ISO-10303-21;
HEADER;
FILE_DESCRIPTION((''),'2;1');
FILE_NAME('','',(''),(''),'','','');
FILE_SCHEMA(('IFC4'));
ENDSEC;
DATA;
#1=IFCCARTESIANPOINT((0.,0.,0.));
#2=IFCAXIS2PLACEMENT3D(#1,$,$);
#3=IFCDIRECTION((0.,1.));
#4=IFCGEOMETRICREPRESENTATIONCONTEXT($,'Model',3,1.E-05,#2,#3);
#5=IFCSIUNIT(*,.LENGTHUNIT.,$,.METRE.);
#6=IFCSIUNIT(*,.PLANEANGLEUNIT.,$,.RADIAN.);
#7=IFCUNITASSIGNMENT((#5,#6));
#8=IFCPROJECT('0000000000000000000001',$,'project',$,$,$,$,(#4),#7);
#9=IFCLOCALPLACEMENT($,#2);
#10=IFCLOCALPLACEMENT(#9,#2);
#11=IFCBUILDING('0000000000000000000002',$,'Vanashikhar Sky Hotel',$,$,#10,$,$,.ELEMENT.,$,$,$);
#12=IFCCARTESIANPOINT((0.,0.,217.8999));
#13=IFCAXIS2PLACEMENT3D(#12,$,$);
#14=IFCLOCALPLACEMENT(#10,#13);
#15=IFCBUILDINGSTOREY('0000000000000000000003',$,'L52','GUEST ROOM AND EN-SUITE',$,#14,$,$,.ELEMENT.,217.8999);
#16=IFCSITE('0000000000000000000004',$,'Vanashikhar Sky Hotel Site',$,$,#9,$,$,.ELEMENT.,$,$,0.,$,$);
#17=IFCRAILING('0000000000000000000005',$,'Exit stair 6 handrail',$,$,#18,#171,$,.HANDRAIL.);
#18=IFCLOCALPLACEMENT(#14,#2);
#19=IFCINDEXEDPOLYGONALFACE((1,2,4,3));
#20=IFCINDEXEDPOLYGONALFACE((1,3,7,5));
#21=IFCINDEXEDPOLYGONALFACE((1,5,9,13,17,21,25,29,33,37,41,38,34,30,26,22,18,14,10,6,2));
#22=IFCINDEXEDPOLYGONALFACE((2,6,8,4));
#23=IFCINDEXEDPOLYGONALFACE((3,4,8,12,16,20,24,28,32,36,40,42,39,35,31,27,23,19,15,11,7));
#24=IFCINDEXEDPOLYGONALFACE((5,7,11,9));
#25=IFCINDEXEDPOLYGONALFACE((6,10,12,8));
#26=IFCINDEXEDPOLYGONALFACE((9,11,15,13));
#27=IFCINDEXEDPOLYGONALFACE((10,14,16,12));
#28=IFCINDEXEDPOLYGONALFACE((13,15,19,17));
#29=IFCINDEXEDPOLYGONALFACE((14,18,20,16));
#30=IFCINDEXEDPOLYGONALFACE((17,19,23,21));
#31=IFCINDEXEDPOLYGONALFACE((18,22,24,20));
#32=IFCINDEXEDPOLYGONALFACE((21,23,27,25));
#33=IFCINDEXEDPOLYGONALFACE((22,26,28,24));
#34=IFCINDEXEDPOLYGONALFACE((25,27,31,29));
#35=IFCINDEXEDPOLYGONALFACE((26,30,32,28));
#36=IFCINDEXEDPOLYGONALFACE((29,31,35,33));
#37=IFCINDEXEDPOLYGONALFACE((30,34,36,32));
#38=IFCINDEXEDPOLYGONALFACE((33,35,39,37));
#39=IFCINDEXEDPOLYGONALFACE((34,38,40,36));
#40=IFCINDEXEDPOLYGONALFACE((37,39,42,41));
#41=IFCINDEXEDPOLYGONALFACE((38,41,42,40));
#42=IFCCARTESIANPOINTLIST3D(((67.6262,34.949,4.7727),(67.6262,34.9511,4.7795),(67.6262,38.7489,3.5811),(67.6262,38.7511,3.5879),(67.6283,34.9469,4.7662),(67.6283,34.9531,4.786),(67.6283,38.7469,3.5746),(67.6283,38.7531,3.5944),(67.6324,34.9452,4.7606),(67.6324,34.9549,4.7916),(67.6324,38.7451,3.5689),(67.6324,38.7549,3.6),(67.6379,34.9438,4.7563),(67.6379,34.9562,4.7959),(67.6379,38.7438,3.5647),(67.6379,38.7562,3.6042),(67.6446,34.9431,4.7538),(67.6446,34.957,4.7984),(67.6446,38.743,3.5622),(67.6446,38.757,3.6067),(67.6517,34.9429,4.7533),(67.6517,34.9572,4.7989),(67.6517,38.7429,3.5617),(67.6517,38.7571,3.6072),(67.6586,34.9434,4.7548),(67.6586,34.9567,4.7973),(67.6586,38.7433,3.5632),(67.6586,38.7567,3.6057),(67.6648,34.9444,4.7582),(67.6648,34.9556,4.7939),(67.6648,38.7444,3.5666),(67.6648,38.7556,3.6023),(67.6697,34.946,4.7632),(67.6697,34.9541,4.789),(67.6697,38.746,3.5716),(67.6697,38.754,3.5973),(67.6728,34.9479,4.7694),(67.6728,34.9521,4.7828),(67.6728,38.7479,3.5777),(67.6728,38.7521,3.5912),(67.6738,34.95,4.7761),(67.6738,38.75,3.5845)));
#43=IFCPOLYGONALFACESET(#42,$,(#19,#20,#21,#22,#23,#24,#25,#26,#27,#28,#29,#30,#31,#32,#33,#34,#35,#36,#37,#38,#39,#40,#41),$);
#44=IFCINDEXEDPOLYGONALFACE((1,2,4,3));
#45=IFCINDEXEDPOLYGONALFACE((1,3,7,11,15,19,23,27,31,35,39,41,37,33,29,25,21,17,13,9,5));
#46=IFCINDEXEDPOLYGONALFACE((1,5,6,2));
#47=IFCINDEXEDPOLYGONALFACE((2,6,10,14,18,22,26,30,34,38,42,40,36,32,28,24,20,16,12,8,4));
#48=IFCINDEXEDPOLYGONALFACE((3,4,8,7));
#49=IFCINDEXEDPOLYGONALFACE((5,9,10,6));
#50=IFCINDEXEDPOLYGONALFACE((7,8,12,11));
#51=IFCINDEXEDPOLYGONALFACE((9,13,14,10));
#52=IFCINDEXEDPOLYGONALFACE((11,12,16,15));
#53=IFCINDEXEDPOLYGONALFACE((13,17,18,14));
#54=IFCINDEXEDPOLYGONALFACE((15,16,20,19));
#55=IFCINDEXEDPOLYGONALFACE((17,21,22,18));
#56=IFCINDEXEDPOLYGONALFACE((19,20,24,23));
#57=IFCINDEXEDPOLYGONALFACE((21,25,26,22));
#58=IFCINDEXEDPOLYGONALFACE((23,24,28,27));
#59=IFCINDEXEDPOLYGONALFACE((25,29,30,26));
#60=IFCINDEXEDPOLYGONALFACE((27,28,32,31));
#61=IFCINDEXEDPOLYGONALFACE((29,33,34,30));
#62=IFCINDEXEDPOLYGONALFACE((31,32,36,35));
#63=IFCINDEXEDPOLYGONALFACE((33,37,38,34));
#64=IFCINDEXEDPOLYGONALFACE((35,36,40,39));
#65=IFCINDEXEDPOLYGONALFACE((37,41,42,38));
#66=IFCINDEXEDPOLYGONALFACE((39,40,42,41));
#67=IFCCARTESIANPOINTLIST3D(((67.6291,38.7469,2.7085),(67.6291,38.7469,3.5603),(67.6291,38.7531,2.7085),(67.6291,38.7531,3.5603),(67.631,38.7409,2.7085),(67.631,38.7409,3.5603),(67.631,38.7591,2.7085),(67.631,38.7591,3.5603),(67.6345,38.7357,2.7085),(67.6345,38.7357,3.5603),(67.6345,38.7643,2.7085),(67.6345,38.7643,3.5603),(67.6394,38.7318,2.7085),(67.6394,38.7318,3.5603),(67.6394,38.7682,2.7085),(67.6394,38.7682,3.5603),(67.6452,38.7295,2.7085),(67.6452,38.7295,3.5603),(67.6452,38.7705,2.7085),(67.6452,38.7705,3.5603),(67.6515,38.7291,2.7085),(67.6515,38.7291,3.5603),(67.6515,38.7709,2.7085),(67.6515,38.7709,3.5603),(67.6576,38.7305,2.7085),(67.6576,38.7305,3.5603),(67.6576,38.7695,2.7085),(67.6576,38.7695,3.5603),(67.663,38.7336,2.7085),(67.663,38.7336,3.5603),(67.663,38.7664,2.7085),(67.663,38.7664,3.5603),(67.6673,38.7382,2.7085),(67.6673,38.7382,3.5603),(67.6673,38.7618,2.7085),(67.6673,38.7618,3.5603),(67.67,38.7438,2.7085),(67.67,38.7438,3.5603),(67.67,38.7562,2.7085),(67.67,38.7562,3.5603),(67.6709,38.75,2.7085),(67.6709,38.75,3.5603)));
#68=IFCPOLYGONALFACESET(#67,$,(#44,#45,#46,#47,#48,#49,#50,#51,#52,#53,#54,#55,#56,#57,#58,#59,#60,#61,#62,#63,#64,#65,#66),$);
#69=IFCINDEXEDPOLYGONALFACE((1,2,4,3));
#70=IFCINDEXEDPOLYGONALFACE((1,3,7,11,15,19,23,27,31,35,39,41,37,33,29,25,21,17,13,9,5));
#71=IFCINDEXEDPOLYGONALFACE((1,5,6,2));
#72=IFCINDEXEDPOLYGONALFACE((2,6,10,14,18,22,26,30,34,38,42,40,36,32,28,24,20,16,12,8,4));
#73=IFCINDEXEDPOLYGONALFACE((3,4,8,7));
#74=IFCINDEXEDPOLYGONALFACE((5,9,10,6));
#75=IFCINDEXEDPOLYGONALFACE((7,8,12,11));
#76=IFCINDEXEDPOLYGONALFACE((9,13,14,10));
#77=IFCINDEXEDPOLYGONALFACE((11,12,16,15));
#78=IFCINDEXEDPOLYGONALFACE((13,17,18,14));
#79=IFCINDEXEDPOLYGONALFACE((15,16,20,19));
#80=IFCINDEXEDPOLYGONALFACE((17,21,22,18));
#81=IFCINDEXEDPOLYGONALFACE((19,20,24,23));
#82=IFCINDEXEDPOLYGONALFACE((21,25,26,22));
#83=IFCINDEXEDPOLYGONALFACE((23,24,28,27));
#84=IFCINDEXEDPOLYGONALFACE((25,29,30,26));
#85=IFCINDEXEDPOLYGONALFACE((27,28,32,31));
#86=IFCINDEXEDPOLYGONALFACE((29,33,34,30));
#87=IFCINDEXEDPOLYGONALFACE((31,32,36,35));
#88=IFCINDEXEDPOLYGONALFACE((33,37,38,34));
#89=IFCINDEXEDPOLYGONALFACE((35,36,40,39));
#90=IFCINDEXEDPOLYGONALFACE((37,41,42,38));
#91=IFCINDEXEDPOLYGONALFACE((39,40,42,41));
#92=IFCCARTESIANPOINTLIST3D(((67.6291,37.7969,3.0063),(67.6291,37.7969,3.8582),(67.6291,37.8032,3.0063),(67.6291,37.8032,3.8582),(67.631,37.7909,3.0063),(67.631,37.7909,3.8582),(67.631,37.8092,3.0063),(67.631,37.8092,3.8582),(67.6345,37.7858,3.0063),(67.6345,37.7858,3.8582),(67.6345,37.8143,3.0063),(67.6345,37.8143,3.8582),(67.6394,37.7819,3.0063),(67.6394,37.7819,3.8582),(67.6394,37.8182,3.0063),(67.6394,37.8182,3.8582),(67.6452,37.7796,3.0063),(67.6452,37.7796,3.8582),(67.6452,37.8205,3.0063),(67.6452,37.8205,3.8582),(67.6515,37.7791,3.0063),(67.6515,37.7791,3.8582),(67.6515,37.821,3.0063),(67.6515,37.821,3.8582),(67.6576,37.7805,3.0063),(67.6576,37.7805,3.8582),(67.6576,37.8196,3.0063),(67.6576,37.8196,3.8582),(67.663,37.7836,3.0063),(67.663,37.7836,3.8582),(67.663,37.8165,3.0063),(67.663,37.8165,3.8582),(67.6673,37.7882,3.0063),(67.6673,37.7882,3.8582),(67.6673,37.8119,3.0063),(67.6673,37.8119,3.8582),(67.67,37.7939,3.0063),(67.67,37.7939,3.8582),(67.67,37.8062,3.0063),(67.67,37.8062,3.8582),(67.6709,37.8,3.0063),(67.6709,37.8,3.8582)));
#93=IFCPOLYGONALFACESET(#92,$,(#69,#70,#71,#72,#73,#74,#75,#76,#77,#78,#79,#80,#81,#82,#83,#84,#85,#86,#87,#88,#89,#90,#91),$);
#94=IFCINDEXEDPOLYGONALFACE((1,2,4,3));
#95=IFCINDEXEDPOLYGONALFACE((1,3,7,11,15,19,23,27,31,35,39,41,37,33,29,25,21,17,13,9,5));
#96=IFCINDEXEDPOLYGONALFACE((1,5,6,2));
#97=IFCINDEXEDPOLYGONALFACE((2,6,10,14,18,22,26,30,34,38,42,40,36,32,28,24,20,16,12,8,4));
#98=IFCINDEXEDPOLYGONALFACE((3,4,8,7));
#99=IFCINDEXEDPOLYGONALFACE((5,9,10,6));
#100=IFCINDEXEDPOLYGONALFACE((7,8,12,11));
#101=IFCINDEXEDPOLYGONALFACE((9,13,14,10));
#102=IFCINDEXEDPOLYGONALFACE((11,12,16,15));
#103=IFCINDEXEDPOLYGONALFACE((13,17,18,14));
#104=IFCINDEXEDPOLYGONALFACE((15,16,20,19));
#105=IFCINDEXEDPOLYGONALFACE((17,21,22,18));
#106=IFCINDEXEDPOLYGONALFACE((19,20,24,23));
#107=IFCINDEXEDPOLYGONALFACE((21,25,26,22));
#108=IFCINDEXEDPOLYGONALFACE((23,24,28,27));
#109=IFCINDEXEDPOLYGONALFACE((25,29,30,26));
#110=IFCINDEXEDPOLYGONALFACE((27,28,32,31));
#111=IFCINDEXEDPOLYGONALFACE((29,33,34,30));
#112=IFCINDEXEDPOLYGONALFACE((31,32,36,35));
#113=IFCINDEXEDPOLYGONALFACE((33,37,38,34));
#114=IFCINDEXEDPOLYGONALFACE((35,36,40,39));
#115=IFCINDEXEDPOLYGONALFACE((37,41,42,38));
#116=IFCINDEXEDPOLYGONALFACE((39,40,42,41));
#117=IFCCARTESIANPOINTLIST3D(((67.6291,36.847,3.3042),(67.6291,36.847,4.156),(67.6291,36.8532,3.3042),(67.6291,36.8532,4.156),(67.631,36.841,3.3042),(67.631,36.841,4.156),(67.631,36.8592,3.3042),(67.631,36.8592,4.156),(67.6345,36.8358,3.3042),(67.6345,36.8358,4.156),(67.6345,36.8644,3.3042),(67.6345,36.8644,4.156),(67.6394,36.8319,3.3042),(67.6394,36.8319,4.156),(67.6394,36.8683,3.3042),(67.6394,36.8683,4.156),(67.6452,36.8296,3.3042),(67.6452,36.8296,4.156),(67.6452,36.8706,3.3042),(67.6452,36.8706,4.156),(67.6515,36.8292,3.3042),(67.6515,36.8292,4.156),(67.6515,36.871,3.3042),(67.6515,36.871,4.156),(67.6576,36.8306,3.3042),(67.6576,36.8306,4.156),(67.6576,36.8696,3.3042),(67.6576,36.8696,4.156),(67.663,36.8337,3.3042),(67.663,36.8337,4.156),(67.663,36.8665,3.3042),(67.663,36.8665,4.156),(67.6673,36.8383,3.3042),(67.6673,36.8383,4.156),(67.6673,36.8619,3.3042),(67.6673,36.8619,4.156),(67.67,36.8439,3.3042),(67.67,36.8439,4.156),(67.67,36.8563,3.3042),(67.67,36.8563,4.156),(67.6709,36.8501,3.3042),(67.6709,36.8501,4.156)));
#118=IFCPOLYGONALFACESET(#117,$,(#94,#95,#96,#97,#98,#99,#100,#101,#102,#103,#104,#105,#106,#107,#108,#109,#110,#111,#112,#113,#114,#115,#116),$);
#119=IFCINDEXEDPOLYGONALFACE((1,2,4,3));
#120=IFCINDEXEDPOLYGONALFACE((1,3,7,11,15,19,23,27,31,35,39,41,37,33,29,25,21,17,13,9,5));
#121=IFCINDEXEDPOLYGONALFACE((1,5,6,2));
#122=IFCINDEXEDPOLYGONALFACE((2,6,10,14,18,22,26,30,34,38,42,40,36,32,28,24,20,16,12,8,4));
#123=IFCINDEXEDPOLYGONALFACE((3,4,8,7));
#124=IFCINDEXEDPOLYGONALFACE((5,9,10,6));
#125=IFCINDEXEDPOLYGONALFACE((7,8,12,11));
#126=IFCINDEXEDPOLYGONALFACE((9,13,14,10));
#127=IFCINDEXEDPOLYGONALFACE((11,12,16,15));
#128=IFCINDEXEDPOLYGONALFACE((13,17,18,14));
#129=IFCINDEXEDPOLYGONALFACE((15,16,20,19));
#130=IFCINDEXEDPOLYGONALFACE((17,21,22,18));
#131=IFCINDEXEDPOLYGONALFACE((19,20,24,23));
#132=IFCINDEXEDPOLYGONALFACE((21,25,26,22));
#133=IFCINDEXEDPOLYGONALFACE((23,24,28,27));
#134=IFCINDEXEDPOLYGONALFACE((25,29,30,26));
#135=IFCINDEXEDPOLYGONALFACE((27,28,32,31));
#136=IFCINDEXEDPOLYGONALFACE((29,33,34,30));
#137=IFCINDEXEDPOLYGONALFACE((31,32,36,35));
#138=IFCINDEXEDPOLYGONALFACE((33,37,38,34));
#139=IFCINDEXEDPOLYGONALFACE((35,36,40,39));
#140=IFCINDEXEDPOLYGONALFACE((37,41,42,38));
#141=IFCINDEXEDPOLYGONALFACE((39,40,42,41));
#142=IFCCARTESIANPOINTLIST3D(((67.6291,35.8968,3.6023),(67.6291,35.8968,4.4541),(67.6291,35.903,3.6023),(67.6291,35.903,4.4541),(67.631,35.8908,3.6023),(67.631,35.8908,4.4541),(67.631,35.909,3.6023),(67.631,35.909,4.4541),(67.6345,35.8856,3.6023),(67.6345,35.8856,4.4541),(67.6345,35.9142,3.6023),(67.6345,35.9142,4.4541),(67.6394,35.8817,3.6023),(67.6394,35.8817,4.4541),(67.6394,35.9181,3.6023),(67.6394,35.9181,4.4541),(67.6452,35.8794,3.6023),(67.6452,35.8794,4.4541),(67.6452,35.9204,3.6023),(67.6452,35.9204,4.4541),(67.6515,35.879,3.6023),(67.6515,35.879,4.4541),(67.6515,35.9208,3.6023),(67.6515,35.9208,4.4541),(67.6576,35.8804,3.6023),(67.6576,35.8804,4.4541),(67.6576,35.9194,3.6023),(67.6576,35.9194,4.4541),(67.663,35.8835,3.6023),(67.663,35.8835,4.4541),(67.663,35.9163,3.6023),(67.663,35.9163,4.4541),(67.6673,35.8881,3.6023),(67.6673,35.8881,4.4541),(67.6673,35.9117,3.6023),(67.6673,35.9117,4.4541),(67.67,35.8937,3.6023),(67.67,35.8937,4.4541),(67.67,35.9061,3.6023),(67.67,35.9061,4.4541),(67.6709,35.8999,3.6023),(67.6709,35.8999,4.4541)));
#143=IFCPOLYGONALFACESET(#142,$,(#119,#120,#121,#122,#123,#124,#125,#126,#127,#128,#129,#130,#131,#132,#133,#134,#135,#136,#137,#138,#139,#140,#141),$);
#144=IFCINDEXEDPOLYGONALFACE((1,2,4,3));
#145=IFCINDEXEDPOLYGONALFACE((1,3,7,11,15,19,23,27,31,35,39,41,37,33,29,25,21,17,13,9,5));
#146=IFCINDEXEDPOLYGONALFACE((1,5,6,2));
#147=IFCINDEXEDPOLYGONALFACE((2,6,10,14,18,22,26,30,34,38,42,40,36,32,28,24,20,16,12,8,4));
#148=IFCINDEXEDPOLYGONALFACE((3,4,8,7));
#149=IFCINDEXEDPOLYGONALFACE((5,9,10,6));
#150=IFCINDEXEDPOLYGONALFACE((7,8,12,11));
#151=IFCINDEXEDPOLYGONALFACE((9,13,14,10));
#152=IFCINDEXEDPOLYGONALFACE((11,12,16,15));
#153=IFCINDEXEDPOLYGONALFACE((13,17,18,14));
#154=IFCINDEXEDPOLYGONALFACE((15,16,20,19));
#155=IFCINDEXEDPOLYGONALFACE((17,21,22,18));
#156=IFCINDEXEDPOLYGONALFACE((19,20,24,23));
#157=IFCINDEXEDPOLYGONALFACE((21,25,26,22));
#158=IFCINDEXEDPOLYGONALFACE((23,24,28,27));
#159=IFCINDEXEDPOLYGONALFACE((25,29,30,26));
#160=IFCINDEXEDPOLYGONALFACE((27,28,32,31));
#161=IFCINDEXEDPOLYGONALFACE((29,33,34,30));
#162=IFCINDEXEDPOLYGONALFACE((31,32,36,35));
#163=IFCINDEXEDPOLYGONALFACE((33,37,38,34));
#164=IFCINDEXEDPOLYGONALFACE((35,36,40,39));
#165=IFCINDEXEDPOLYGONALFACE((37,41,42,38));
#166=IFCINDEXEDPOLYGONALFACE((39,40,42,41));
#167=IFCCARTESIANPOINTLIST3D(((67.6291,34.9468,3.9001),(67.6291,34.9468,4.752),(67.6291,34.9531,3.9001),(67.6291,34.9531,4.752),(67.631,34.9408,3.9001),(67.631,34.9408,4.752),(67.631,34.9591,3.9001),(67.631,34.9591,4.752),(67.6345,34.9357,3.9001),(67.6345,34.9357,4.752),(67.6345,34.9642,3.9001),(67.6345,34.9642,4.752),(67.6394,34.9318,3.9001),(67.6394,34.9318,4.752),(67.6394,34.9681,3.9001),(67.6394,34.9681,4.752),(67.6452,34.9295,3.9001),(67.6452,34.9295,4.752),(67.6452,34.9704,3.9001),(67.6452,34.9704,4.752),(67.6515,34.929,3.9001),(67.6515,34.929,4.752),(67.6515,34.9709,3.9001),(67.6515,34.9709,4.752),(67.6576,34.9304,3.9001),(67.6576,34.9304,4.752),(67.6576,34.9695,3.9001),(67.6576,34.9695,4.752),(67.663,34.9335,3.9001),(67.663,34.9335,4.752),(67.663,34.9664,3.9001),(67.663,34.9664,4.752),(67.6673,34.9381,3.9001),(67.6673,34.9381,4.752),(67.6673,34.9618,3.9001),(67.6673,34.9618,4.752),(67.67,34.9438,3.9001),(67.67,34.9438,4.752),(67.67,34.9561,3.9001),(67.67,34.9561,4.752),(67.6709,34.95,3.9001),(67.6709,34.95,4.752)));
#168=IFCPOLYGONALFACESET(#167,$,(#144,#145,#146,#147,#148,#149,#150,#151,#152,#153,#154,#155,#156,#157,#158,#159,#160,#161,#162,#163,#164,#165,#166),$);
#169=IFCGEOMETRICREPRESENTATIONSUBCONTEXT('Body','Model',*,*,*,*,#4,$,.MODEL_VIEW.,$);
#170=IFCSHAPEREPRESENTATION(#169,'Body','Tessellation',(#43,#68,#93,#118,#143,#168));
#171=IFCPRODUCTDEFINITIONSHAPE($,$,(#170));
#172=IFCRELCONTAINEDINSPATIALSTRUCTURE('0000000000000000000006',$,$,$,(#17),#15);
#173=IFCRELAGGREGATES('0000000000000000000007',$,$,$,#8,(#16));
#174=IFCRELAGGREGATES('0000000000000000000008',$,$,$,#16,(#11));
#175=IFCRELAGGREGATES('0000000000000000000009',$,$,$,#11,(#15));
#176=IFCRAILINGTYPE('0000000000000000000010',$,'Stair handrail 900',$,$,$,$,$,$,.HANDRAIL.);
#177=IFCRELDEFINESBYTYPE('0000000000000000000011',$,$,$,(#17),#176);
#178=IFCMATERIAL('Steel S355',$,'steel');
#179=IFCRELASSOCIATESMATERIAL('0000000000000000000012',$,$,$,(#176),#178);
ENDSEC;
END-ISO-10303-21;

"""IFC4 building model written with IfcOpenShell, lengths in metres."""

from ifc_helpers import new_model, si_unit, direction, frame, origin, origin_2d, place, context, subcontext, project, spatial, circle, extrude, source, transform, mapped, material, type_object, element, save


model = new_model("IFC4")

# Units and contexts
model_context = context("Model", 3, precision=1e-05, world=origin(), true_north=direction((0.0, 1.0)))
body_context = subcontext(model_context, "Body", "Model", "MODEL_VIEW")
ifc_project = project(units=[si_unit("LENGTHUNIT", "METRE"), si_unit("PLANEANGLEUNIT", "RADIAN")], contexts=[model_context])

# Site, building, storey
site_placement = place(None, origin())
site = spatial("IfcSite", under=ifc_project, at=site_placement, Name="Vanashikhar Sky Hotel Site", CompositionType="ELEMENT", RefElevation=0.0)
building_placement = place(site_placement, origin())
building = spatial("IfcBuilding", under=site, at=building_placement, Name="Vanashikhar Sky Hotel", CompositionType="ELEMENT")
storey_placement = place(building_placement, frame((0.0, 0.0, 217.8999)))
storey = spatial("IfcBuildingStorey", under=building, at=storey_placement, Name="L52", Description="GUEST ROOM AND EN-SUITE", CompositionType="ELEMENT", Elevation=217.8999)

# Railing
ifc_material_1 = material(Name="Steel S355", Category="steel")
railing_type_1 = type_object("IfcRailingType", Name="Stair handrail 900", PredefinedType="HANDRAIL", material=ifc_material_1)
shared_shape_1 = source(origin(), body_context, "Body", "SweptSolid", [
    extrude(circle(Radius=0.0239, at=origin_2d()), frame((0.0, 0.0, 0.876), z_axis=(0.0, -0.954184, 0.299221), x_axis=(1.0, 0.0, 0.0)), (0.0, 0.0, 1.0), 3.9824),
    extrude(circle(Radius=0.021, at=origin_2d()), origin(), (0.0, 0.0, 1.0), 0.8518),
    extrude(circle(Radius=0.021, at=origin_2d()), frame((0.0, -0.95, 0.2979)), (0.0, 0.0, 1.0), 0.8518),
    extrude(circle(Radius=0.021, at=origin_2d()), frame((0.0, -1.8999, 0.5957)), (0.0, 0.0, 1.0), 0.8518),
    extrude(circle(Radius=0.021, at=origin_2d()), frame((0.0, -2.8501, 0.8938)), (0.0, 0.0, 1.0), 0.8518),
    extrude(circle(Radius=0.021, at=origin_2d()), frame((0.0, -3.8, 1.1917)), (0.0, 0.0, 1.0), 0.8518),
])
for number, where, name in (
    (1, (67.6499, 38.75, 2.7085), "Exit stair 6 handrail"),
):
    element("IfcRailing", number, at=place(storey_placement, frame(where)), inside=storey, type_object=railing_type_1, Name=name, PredefinedType="HANDRAIL", context=body_context, shape_type="MappedRepresentation", body=[
        mapped(shared_shape_1, transform((0.0, 0.0, 0.0), scale=1.0)),
    ])

save(model, "model.ifc")
